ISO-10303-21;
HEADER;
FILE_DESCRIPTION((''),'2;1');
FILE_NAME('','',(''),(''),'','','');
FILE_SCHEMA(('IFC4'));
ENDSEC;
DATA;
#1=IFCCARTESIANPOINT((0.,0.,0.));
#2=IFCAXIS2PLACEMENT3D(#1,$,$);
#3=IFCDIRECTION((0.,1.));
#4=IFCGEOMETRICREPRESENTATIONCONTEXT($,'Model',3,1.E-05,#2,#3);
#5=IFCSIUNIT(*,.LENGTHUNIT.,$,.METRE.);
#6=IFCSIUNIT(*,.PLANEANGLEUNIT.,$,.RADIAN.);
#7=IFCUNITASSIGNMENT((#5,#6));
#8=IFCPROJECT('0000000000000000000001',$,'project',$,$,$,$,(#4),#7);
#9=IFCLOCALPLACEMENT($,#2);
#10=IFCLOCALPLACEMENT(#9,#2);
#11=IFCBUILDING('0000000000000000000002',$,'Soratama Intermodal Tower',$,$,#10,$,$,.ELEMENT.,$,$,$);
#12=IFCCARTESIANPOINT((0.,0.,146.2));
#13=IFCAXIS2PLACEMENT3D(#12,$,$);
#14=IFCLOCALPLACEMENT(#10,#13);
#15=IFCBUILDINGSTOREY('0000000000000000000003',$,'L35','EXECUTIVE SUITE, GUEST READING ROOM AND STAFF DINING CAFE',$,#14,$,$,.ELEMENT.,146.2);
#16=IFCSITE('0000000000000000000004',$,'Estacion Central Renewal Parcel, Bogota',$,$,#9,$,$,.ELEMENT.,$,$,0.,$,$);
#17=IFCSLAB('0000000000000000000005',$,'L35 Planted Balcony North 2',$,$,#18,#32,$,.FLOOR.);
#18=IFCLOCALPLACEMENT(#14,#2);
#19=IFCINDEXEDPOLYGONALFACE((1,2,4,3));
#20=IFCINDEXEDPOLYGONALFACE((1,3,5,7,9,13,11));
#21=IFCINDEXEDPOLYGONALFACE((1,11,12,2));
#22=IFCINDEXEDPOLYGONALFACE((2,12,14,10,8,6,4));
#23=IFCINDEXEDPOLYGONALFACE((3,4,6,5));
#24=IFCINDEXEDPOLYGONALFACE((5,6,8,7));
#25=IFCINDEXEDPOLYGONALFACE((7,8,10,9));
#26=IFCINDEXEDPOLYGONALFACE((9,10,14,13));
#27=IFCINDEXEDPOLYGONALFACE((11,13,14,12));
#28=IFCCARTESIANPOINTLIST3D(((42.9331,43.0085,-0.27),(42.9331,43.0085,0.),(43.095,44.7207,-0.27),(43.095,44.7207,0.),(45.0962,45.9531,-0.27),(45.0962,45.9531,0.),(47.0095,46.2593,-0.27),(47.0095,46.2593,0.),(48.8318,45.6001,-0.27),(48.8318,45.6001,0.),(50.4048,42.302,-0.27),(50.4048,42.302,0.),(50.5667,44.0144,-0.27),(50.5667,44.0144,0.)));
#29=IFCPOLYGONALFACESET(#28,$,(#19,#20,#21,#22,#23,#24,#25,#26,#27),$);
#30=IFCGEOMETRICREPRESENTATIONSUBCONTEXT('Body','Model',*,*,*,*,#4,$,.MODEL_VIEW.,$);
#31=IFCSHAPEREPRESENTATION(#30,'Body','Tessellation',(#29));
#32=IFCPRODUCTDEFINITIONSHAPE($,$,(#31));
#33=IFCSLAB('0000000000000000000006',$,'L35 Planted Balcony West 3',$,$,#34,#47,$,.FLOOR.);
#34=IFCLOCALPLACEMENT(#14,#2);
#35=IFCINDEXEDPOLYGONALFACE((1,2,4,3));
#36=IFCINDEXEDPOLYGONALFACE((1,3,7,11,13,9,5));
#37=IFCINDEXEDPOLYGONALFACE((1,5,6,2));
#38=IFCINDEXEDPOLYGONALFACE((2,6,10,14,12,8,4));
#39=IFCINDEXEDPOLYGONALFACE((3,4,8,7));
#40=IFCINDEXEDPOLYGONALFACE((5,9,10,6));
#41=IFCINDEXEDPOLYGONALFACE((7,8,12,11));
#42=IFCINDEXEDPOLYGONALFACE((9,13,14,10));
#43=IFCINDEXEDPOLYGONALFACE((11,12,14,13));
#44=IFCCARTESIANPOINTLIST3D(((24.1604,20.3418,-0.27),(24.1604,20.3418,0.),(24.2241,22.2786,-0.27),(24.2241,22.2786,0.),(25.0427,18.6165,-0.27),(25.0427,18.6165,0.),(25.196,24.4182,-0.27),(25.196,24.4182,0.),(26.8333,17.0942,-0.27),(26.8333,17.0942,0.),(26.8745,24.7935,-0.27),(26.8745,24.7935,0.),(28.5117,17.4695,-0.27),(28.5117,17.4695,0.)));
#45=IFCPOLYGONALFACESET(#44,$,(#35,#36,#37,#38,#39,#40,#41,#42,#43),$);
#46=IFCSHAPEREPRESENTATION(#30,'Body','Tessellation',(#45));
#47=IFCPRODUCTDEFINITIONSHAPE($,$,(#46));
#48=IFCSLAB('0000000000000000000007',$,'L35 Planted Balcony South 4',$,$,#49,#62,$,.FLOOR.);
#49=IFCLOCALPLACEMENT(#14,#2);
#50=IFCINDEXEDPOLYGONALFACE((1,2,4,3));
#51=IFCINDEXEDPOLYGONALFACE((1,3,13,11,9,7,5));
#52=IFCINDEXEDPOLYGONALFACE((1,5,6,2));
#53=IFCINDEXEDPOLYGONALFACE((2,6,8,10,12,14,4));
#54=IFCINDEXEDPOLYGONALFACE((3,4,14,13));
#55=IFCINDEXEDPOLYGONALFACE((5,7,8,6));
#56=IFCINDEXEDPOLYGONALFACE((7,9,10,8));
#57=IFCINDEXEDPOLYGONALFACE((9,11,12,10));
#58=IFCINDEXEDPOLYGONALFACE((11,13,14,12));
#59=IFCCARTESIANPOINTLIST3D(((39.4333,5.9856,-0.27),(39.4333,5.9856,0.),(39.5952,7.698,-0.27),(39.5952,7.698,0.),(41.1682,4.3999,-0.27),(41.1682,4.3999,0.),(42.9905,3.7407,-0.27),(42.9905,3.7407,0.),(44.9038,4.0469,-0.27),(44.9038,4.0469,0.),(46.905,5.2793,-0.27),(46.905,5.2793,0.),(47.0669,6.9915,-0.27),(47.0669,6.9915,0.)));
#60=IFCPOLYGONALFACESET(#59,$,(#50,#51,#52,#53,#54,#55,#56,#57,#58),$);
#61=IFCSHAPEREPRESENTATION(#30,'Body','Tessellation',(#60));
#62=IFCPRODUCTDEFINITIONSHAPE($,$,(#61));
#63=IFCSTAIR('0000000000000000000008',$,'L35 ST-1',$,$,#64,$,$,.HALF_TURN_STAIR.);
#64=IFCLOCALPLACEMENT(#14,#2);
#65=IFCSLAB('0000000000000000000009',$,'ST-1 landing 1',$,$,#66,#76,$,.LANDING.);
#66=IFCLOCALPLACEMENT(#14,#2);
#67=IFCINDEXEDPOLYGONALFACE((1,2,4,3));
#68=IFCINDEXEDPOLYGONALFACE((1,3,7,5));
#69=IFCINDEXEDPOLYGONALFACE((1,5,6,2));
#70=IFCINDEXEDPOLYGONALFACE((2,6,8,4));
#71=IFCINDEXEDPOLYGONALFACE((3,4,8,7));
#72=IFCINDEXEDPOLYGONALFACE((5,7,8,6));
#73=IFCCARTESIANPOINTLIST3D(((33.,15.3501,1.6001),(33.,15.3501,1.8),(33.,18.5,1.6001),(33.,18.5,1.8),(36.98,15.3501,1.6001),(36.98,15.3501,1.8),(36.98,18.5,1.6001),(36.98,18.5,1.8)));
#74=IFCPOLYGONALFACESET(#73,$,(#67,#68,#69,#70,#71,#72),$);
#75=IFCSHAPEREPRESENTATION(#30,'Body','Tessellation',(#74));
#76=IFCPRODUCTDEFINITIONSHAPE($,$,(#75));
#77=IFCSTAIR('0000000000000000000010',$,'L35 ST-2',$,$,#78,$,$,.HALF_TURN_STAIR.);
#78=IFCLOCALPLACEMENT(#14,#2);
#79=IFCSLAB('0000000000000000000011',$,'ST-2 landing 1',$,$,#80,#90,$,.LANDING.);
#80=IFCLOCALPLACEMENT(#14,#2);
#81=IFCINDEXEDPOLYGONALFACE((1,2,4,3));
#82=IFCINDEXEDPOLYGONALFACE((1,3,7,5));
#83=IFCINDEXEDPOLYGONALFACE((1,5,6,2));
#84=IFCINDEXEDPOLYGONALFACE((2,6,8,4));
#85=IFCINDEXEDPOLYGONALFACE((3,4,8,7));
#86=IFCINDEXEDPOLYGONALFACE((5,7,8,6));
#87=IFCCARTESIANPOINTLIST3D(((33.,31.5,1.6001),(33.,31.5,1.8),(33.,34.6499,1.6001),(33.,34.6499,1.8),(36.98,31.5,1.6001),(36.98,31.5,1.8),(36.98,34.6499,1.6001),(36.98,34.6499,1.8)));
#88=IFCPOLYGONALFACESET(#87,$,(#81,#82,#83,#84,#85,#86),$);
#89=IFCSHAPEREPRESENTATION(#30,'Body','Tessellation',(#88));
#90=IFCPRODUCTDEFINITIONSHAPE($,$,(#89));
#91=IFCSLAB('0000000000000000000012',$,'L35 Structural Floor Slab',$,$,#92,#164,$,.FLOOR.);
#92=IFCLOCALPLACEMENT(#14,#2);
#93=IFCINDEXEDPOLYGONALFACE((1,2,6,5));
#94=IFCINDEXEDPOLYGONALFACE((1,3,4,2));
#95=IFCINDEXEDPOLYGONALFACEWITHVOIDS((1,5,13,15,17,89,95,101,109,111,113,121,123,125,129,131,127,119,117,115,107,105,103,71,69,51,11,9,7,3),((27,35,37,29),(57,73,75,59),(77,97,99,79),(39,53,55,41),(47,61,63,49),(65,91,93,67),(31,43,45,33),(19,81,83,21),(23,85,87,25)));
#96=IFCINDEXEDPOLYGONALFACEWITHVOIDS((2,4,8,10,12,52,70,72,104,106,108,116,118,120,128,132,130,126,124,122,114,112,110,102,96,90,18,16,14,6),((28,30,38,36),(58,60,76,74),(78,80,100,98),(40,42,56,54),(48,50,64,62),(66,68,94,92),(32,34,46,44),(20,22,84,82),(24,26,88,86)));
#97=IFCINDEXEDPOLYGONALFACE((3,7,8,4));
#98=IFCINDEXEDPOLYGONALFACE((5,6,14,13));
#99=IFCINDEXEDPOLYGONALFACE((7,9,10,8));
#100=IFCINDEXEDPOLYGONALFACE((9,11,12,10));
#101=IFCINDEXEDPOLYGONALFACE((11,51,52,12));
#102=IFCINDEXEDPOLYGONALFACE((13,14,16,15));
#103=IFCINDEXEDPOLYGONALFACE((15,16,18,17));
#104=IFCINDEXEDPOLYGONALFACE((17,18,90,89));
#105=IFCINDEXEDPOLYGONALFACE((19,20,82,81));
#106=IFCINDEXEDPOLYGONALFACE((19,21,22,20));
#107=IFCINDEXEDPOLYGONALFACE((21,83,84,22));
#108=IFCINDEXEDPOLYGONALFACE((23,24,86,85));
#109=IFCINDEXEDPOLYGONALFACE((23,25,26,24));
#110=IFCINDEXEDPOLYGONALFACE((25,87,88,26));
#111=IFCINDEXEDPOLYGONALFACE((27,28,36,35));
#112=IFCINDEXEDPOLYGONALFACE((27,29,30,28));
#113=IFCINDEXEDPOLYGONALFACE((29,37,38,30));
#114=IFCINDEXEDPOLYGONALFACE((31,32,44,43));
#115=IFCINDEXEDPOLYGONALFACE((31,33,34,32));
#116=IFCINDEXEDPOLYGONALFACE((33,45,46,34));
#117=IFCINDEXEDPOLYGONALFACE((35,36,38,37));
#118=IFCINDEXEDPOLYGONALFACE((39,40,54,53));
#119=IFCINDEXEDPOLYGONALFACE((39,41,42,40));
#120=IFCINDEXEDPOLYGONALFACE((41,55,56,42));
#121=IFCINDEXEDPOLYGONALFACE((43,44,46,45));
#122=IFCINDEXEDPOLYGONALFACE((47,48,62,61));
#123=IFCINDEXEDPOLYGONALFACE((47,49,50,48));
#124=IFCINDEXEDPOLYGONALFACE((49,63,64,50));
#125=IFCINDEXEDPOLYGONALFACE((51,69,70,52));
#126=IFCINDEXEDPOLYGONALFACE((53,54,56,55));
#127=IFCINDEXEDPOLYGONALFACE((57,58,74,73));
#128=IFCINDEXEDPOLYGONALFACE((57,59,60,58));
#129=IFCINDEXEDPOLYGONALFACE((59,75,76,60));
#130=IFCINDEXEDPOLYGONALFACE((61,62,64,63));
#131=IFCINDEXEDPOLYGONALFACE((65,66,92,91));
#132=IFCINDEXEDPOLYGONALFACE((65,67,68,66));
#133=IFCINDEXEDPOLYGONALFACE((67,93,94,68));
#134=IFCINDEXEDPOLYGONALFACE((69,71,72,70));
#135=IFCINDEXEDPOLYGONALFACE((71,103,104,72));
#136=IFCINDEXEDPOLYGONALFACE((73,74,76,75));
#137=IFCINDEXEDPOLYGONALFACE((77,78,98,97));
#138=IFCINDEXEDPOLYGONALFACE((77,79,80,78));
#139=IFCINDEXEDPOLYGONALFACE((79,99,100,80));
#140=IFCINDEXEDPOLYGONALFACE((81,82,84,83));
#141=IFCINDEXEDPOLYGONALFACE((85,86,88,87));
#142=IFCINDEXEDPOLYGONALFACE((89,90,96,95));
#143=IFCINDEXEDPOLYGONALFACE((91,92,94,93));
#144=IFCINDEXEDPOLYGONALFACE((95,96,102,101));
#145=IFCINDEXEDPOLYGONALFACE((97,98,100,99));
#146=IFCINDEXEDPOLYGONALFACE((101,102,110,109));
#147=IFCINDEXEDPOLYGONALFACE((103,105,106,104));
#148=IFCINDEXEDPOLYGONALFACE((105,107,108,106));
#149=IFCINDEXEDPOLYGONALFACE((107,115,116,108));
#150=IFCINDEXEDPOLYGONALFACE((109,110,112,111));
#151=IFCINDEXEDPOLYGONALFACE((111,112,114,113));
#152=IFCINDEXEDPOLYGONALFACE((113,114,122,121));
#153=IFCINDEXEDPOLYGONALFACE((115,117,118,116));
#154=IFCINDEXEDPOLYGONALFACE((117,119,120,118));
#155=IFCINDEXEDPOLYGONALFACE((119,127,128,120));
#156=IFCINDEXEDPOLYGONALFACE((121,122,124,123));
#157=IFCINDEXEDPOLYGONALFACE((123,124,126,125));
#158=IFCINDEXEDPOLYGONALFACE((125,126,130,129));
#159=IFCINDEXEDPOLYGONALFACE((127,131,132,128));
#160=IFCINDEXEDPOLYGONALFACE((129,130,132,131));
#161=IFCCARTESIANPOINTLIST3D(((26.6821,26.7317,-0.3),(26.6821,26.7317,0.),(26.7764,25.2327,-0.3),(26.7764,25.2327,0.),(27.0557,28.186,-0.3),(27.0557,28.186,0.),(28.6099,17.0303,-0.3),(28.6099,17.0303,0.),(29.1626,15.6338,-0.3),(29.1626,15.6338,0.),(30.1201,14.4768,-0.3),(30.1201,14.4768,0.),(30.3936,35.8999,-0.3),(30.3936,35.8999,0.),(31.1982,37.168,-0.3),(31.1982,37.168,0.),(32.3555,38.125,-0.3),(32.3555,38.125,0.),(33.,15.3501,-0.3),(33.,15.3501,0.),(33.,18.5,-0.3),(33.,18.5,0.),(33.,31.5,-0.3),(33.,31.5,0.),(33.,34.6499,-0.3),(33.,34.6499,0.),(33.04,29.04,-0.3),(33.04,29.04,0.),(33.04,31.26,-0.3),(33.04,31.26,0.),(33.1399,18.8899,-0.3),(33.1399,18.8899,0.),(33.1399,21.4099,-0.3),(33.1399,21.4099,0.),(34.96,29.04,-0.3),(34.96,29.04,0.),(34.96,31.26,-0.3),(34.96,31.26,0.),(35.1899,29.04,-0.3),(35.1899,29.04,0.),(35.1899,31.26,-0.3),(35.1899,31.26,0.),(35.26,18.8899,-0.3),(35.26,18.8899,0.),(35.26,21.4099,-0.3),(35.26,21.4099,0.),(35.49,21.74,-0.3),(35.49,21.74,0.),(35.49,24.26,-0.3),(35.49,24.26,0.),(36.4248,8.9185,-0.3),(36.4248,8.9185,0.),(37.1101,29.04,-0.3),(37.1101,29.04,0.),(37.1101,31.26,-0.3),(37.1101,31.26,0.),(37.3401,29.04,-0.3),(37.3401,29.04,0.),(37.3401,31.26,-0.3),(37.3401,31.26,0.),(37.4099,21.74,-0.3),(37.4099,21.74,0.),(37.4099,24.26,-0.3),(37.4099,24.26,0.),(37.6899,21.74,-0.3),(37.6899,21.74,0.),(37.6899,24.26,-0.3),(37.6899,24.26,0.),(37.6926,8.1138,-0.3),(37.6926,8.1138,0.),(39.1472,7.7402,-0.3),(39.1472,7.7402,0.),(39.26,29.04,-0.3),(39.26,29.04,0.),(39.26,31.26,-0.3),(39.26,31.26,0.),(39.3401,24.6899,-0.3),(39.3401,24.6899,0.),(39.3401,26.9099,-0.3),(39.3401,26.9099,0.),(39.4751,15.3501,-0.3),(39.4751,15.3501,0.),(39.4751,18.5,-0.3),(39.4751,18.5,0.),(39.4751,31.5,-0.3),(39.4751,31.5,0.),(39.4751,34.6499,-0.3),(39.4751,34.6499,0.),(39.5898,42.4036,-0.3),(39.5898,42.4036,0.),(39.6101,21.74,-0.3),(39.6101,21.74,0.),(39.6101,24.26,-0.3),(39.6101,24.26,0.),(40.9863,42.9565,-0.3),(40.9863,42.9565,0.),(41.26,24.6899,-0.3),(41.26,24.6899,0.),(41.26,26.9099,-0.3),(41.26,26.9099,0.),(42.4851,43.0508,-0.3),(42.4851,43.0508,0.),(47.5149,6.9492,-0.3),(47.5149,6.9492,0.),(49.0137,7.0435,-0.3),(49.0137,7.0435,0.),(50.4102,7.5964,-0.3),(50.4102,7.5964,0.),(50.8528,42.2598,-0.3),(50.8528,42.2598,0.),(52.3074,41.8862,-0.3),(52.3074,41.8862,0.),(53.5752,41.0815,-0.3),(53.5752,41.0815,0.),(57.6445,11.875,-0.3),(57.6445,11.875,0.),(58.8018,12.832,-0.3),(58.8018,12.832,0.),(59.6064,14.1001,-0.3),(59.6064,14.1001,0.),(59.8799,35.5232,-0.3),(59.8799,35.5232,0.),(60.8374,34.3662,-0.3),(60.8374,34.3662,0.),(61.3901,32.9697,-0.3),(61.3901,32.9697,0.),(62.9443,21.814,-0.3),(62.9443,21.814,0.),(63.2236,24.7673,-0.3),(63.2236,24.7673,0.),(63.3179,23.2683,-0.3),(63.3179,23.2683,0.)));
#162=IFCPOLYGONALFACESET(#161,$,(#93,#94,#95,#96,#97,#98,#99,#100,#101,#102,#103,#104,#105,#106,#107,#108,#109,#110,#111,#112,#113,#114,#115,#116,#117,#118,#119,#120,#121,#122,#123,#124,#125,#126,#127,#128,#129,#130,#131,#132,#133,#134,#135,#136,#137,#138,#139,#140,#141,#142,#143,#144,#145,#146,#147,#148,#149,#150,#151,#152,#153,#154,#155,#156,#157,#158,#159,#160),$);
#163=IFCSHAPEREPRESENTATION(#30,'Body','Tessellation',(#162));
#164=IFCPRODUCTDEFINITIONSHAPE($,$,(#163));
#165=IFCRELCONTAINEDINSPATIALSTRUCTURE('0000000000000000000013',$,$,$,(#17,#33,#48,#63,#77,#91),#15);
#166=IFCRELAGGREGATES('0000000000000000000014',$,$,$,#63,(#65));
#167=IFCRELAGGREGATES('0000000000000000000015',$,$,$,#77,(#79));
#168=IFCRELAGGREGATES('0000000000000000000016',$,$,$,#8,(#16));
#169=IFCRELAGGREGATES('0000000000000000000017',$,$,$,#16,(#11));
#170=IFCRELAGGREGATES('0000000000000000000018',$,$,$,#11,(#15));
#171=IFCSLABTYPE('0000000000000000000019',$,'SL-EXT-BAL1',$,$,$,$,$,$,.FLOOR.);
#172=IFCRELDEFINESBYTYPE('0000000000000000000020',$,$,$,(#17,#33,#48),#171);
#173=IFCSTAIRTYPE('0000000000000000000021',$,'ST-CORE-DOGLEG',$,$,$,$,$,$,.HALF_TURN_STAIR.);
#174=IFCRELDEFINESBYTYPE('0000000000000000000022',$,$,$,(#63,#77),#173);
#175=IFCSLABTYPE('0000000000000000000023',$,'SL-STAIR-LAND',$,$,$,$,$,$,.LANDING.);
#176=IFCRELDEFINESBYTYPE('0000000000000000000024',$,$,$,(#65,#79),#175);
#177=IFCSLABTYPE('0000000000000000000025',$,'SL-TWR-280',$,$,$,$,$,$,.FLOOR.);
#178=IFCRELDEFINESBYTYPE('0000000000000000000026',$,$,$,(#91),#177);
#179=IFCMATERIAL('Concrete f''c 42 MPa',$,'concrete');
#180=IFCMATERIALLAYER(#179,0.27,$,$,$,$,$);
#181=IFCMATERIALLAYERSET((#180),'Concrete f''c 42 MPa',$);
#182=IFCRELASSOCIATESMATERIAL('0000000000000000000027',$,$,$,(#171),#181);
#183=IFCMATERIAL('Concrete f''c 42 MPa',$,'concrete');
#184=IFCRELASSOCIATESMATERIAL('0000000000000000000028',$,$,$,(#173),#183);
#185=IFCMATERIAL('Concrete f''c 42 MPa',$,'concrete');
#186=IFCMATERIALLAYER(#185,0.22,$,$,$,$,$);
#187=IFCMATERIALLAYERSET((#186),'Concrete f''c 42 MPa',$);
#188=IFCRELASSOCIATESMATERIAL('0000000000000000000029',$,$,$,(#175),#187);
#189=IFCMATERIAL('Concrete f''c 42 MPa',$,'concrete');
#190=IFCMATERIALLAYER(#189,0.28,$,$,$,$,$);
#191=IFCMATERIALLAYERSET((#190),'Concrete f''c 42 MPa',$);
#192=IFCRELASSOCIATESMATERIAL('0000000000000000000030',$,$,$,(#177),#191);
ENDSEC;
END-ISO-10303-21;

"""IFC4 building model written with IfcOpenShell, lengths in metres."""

from ifc_helpers import new_model, si_unit, direction, frame, origin, place, context, subcontext, project, spatial, polyline, outline, extrude, material, layer, layer_set, type_object, element, aggregate, save


model = new_model("IFC4")

# Units and contexts
model_context = context("Model", 3, precision=1e-05, world=origin(), true_north=direction((0.0, 1.0)))
body_context = subcontext(model_context, "Body", "Model", "MODEL_VIEW")
ifc_project = project(units=[si_unit("LENGTHUNIT", "METRE"), si_unit("PLANEANGLEUNIT", "RADIAN")], contexts=[model_context])

# Site, building, storey
site_placement = place(None, origin())
site = spatial("IfcSite", under=ifc_project, at=site_placement, Name="Estacion Central Renewal Parcel, Bogota", CompositionType="ELEMENT", RefElevation=0.0)
building_placement = place(site_placement, origin())
building = spatial("IfcBuilding", under=site, at=building_placement, Name="Soratama Intermodal Tower", CompositionType="ELEMENT")
storey_placement = place(building_placement, frame((0.0, 0.0, 146.2)))
storey = spatial("IfcBuildingStorey", under=building, at=storey_placement, Name="L35", Description="EXECUTIVE SUITE, GUEST READING ROOM AND STAFF DINING CAFE", CompositionType="ELEMENT", Elevation=146.2)

# Slabs
ifc_material_1 = material(Name="Concrete f'c 42 MPa", Category="concrete")
ifc_layer_1 = layer(ifc_material_1, 0.27)
ifc_layer_set_1 = layer_set([ifc_layer_1], Name="Concrete f'c 42 MPa")
slab_type_1 = type_object("IfcSlabType", Name="SL-EXT-BAL1", PredefinedType="FLOOR", material=ifc_layer_set_1)
slab_1_placement = place(storey_placement, frame((0.0, 0.0, -0.27)))
element("IfcSlab", 1, at=slab_1_placement, inside=storey, type_object=slab_type_1, Name="L35 Planted Balcony North 2", PredefinedType="FLOOR", context=body_context, shape_type="SweptSolid", body=[
    extrude(outline(polyline([(50.4048, 42.302), (42.9331, 43.0085), (43.095, 44.7207), (45.0962, 45.9531), (47.0095, 46.2593), (48.8318, 45.6001), (50.5667, 44.0144), (50.4048, 42.302)])), origin(), (0.0, 0.0, 1.0), 0.27),
])
slab_2_placement = place(storey_placement, frame((0.0, 0.0, -0.27)))
element("IfcSlab", 2, at=slab_2_placement, inside=storey, type_object=slab_type_1, Name="L35 Planted Balcony West 3", PredefinedType="FLOOR", context=body_context, shape_type="SweptSolid", body=[
    extrude(outline(polyline([(26.8745, 24.7935), (28.5117, 17.4695), (26.8333, 17.0942), (25.0427, 18.6165), (24.1604, 20.3418), (24.2241, 22.2786), (25.196, 24.4182), (26.8745, 24.7935)])), origin(), (0.0, 0.0, 1.0), 0.27),
])
slab_3_placement = place(storey_placement, frame((0.0, 0.0, -0.27)))
element("IfcSlab", 3, at=slab_3_placement, inside=storey, type_object=slab_type_1, Name="L35 Planted Balcony South 4", PredefinedType="FLOOR", context=body_context, shape_type="SweptSolid", body=[
    extrude(outline(polyline([(39.5952, 7.698), (47.0669, 6.9915), (46.905, 5.2793), (44.9038, 4.0469), (42.9905, 3.7407), (41.1682, 4.3999), (39.4333, 5.9856), (39.5952, 7.698)])), origin(), (0.0, 0.0, 1.0), 0.27),
])

# Stairs, slabs
ifc_material_2 = material(Name="Concrete f'c 42 MPa", Category="concrete")
stair_type = type_object("IfcStairType", Name="ST-CORE-DOGLEG", PredefinedType="HALF_TURN_STAIR", material=ifc_material_2)
stair_1_placement = place(storey_placement, origin())
stair_1 = element("IfcStair", 4, at=stair_1_placement, inside=storey, type_object=stair_type, Name="L35 ST-1", PredefinedType="HALF_TURN_STAIR")
ifc_material_3 = material(Name="Concrete f'c 42 MPa", Category="concrete")
ifc_layer_2 = layer(ifc_material_3, 0.22)
ifc_layer_set_2 = layer_set([ifc_layer_2], Name="Concrete f'c 42 MPa")
slab_type_2 = type_object("IfcSlabType", Name="SL-STAIR-LAND", PredefinedType="LANDING", material=ifc_layer_set_2)
slab_4_placement = place(storey_placement, frame((0.0, 0.0, 1.6001)))
slab_4 = element("IfcSlab", 5, at=slab_4_placement, type_object=slab_type_2, Name="ST-1 landing 1", PredefinedType="LANDING", context=body_context, shape_type="SweptSolid", body=[
    extrude(outline(polyline([(36.98, 18.5), (33.0, 18.5), (33.0, 15.3501), (36.98, 15.3501), (36.98, 18.5)])), origin(), (0.0, 0.0, 1.0), 0.2),
])
aggregate(stair_1, [slab_4])
stair_2_placement = place(storey_placement, origin())
stair_2 = element("IfcStair", 6, at=stair_2_placement, inside=storey, type_object=stair_type, Name="L35 ST-2", PredefinedType="HALF_TURN_STAIR")
slab_5_placement = place(storey_placement, frame((0.0, 0.0, 1.6001)))
slab_5 = element("IfcSlab", 7, at=slab_5_placement, type_object=slab_type_2, Name="ST-2 landing 1", PredefinedType="LANDING", context=body_context, shape_type="SweptSolid", body=[
    extrude(outline(polyline([(36.98, 34.6499), (33.0, 34.6499), (33.0, 31.5), (36.98, 31.5), (36.98, 34.6499)])), origin(), (0.0, 0.0, 1.0), 0.2),
])
aggregate(stair_2, [slab_5])

# Slab
ifc_material_4 = material(Name="Concrete f'c 42 MPa", Category="concrete")
ifc_layer_3 = layer(ifc_material_4, 0.28)
ifc_layer_set_3 = layer_set([ifc_layer_3], Name="Concrete f'c 42 MPa")
slab_type_3 = type_object("IfcSlabType", Name="SL-TWR-280", PredefinedType="FLOOR", material=ifc_layer_set_3)
slab_6_placement = place(storey_placement, frame((0.0, 0.0, -0.3)))
element("IfcSlab", 8, at=slab_6_placement, inside=storey, type_object=slab_type_3, Name="L35 Structural Floor Slab", PredefinedType="FLOOR", context=body_context, shape_type="SweptSolid", body=[
    extrude(outline(polyline([(61.3901, 32.9697), (60.8374, 34.3662), (59.8799, 35.5232), (53.5752, 41.0815), (52.3074, 41.8862), (50.8528, 42.2598), (42.4851, 43.0508), (40.9863, 42.9565), (39.5898, 42.4036), (32.3555, 38.125), (31.1982, 37.168), (30.3936, 35.8999), (27.0557, 28.186), (26.6821, 26.7317), (26.7764, 25.2327), (28.6099, 17.0303), (29.1626, 15.6338), (30.1201, 14.4768), (36.4248, 8.9185), (37.6926, 8.1138), (39.1472, 7.7402), (47.5149, 6.9492), (49.0137, 7.0435), (50.4102, 7.5964), (57.6445, 11.875), (58.8018, 12.832), (59.6064, 14.1001), (62.9443, 21.814), (63.3179, 23.2683), (63.2236, 24.7673), (61.3901, 32.9697)]), holes=[polyline([(33.0, 18.5), (33.0, 15.3501), (39.4751, 15.3501), (39.4751, 18.5), (33.0, 18.5)]), polyline([(35.26, 21.4099), (33.1399, 21.4099), (33.1399, 18.8899), (35.26, 18.8899), (35.26, 21.4099)]), polyline([(37.4099, 24.26), (35.49, 24.26), (35.49, 21.74), (37.4099, 21.74), (37.4099, 24.26)]), polyline([(39.6101, 24.26), (37.6899, 24.26), (37.6899, 21.74), (39.6101, 21.74), (39.6101, 24.26)]), polyline([(41.26, 26.9099), (39.3401, 26.9099), (39.3401, 24.6899), (41.26, 24.6899), (41.26, 26.9099)]), polyline([(34.96, 31.26), (33.04, 31.26), (33.04, 29.04), (34.96, 29.04), (34.96, 31.26)]), polyline([(37.1101, 31.26), (35.1899, 31.26), (35.1899, 29.04), (37.1101, 29.04), (37.1101, 31.26)]), polyline([(39.26, 29.04), (39.26, 31.26), (37.3401, 31.26), (37.3401, 29.04), (39.26, 29.04)]), polyline([(39.4751, 34.6499), (33.0, 34.6499), (33.0, 31.5), (39.4751, 31.5), (39.4751, 34.6499)])]), origin(), (0.0, 0.0, 1.0), 0.3),
])

save(model, "model.ifc")
